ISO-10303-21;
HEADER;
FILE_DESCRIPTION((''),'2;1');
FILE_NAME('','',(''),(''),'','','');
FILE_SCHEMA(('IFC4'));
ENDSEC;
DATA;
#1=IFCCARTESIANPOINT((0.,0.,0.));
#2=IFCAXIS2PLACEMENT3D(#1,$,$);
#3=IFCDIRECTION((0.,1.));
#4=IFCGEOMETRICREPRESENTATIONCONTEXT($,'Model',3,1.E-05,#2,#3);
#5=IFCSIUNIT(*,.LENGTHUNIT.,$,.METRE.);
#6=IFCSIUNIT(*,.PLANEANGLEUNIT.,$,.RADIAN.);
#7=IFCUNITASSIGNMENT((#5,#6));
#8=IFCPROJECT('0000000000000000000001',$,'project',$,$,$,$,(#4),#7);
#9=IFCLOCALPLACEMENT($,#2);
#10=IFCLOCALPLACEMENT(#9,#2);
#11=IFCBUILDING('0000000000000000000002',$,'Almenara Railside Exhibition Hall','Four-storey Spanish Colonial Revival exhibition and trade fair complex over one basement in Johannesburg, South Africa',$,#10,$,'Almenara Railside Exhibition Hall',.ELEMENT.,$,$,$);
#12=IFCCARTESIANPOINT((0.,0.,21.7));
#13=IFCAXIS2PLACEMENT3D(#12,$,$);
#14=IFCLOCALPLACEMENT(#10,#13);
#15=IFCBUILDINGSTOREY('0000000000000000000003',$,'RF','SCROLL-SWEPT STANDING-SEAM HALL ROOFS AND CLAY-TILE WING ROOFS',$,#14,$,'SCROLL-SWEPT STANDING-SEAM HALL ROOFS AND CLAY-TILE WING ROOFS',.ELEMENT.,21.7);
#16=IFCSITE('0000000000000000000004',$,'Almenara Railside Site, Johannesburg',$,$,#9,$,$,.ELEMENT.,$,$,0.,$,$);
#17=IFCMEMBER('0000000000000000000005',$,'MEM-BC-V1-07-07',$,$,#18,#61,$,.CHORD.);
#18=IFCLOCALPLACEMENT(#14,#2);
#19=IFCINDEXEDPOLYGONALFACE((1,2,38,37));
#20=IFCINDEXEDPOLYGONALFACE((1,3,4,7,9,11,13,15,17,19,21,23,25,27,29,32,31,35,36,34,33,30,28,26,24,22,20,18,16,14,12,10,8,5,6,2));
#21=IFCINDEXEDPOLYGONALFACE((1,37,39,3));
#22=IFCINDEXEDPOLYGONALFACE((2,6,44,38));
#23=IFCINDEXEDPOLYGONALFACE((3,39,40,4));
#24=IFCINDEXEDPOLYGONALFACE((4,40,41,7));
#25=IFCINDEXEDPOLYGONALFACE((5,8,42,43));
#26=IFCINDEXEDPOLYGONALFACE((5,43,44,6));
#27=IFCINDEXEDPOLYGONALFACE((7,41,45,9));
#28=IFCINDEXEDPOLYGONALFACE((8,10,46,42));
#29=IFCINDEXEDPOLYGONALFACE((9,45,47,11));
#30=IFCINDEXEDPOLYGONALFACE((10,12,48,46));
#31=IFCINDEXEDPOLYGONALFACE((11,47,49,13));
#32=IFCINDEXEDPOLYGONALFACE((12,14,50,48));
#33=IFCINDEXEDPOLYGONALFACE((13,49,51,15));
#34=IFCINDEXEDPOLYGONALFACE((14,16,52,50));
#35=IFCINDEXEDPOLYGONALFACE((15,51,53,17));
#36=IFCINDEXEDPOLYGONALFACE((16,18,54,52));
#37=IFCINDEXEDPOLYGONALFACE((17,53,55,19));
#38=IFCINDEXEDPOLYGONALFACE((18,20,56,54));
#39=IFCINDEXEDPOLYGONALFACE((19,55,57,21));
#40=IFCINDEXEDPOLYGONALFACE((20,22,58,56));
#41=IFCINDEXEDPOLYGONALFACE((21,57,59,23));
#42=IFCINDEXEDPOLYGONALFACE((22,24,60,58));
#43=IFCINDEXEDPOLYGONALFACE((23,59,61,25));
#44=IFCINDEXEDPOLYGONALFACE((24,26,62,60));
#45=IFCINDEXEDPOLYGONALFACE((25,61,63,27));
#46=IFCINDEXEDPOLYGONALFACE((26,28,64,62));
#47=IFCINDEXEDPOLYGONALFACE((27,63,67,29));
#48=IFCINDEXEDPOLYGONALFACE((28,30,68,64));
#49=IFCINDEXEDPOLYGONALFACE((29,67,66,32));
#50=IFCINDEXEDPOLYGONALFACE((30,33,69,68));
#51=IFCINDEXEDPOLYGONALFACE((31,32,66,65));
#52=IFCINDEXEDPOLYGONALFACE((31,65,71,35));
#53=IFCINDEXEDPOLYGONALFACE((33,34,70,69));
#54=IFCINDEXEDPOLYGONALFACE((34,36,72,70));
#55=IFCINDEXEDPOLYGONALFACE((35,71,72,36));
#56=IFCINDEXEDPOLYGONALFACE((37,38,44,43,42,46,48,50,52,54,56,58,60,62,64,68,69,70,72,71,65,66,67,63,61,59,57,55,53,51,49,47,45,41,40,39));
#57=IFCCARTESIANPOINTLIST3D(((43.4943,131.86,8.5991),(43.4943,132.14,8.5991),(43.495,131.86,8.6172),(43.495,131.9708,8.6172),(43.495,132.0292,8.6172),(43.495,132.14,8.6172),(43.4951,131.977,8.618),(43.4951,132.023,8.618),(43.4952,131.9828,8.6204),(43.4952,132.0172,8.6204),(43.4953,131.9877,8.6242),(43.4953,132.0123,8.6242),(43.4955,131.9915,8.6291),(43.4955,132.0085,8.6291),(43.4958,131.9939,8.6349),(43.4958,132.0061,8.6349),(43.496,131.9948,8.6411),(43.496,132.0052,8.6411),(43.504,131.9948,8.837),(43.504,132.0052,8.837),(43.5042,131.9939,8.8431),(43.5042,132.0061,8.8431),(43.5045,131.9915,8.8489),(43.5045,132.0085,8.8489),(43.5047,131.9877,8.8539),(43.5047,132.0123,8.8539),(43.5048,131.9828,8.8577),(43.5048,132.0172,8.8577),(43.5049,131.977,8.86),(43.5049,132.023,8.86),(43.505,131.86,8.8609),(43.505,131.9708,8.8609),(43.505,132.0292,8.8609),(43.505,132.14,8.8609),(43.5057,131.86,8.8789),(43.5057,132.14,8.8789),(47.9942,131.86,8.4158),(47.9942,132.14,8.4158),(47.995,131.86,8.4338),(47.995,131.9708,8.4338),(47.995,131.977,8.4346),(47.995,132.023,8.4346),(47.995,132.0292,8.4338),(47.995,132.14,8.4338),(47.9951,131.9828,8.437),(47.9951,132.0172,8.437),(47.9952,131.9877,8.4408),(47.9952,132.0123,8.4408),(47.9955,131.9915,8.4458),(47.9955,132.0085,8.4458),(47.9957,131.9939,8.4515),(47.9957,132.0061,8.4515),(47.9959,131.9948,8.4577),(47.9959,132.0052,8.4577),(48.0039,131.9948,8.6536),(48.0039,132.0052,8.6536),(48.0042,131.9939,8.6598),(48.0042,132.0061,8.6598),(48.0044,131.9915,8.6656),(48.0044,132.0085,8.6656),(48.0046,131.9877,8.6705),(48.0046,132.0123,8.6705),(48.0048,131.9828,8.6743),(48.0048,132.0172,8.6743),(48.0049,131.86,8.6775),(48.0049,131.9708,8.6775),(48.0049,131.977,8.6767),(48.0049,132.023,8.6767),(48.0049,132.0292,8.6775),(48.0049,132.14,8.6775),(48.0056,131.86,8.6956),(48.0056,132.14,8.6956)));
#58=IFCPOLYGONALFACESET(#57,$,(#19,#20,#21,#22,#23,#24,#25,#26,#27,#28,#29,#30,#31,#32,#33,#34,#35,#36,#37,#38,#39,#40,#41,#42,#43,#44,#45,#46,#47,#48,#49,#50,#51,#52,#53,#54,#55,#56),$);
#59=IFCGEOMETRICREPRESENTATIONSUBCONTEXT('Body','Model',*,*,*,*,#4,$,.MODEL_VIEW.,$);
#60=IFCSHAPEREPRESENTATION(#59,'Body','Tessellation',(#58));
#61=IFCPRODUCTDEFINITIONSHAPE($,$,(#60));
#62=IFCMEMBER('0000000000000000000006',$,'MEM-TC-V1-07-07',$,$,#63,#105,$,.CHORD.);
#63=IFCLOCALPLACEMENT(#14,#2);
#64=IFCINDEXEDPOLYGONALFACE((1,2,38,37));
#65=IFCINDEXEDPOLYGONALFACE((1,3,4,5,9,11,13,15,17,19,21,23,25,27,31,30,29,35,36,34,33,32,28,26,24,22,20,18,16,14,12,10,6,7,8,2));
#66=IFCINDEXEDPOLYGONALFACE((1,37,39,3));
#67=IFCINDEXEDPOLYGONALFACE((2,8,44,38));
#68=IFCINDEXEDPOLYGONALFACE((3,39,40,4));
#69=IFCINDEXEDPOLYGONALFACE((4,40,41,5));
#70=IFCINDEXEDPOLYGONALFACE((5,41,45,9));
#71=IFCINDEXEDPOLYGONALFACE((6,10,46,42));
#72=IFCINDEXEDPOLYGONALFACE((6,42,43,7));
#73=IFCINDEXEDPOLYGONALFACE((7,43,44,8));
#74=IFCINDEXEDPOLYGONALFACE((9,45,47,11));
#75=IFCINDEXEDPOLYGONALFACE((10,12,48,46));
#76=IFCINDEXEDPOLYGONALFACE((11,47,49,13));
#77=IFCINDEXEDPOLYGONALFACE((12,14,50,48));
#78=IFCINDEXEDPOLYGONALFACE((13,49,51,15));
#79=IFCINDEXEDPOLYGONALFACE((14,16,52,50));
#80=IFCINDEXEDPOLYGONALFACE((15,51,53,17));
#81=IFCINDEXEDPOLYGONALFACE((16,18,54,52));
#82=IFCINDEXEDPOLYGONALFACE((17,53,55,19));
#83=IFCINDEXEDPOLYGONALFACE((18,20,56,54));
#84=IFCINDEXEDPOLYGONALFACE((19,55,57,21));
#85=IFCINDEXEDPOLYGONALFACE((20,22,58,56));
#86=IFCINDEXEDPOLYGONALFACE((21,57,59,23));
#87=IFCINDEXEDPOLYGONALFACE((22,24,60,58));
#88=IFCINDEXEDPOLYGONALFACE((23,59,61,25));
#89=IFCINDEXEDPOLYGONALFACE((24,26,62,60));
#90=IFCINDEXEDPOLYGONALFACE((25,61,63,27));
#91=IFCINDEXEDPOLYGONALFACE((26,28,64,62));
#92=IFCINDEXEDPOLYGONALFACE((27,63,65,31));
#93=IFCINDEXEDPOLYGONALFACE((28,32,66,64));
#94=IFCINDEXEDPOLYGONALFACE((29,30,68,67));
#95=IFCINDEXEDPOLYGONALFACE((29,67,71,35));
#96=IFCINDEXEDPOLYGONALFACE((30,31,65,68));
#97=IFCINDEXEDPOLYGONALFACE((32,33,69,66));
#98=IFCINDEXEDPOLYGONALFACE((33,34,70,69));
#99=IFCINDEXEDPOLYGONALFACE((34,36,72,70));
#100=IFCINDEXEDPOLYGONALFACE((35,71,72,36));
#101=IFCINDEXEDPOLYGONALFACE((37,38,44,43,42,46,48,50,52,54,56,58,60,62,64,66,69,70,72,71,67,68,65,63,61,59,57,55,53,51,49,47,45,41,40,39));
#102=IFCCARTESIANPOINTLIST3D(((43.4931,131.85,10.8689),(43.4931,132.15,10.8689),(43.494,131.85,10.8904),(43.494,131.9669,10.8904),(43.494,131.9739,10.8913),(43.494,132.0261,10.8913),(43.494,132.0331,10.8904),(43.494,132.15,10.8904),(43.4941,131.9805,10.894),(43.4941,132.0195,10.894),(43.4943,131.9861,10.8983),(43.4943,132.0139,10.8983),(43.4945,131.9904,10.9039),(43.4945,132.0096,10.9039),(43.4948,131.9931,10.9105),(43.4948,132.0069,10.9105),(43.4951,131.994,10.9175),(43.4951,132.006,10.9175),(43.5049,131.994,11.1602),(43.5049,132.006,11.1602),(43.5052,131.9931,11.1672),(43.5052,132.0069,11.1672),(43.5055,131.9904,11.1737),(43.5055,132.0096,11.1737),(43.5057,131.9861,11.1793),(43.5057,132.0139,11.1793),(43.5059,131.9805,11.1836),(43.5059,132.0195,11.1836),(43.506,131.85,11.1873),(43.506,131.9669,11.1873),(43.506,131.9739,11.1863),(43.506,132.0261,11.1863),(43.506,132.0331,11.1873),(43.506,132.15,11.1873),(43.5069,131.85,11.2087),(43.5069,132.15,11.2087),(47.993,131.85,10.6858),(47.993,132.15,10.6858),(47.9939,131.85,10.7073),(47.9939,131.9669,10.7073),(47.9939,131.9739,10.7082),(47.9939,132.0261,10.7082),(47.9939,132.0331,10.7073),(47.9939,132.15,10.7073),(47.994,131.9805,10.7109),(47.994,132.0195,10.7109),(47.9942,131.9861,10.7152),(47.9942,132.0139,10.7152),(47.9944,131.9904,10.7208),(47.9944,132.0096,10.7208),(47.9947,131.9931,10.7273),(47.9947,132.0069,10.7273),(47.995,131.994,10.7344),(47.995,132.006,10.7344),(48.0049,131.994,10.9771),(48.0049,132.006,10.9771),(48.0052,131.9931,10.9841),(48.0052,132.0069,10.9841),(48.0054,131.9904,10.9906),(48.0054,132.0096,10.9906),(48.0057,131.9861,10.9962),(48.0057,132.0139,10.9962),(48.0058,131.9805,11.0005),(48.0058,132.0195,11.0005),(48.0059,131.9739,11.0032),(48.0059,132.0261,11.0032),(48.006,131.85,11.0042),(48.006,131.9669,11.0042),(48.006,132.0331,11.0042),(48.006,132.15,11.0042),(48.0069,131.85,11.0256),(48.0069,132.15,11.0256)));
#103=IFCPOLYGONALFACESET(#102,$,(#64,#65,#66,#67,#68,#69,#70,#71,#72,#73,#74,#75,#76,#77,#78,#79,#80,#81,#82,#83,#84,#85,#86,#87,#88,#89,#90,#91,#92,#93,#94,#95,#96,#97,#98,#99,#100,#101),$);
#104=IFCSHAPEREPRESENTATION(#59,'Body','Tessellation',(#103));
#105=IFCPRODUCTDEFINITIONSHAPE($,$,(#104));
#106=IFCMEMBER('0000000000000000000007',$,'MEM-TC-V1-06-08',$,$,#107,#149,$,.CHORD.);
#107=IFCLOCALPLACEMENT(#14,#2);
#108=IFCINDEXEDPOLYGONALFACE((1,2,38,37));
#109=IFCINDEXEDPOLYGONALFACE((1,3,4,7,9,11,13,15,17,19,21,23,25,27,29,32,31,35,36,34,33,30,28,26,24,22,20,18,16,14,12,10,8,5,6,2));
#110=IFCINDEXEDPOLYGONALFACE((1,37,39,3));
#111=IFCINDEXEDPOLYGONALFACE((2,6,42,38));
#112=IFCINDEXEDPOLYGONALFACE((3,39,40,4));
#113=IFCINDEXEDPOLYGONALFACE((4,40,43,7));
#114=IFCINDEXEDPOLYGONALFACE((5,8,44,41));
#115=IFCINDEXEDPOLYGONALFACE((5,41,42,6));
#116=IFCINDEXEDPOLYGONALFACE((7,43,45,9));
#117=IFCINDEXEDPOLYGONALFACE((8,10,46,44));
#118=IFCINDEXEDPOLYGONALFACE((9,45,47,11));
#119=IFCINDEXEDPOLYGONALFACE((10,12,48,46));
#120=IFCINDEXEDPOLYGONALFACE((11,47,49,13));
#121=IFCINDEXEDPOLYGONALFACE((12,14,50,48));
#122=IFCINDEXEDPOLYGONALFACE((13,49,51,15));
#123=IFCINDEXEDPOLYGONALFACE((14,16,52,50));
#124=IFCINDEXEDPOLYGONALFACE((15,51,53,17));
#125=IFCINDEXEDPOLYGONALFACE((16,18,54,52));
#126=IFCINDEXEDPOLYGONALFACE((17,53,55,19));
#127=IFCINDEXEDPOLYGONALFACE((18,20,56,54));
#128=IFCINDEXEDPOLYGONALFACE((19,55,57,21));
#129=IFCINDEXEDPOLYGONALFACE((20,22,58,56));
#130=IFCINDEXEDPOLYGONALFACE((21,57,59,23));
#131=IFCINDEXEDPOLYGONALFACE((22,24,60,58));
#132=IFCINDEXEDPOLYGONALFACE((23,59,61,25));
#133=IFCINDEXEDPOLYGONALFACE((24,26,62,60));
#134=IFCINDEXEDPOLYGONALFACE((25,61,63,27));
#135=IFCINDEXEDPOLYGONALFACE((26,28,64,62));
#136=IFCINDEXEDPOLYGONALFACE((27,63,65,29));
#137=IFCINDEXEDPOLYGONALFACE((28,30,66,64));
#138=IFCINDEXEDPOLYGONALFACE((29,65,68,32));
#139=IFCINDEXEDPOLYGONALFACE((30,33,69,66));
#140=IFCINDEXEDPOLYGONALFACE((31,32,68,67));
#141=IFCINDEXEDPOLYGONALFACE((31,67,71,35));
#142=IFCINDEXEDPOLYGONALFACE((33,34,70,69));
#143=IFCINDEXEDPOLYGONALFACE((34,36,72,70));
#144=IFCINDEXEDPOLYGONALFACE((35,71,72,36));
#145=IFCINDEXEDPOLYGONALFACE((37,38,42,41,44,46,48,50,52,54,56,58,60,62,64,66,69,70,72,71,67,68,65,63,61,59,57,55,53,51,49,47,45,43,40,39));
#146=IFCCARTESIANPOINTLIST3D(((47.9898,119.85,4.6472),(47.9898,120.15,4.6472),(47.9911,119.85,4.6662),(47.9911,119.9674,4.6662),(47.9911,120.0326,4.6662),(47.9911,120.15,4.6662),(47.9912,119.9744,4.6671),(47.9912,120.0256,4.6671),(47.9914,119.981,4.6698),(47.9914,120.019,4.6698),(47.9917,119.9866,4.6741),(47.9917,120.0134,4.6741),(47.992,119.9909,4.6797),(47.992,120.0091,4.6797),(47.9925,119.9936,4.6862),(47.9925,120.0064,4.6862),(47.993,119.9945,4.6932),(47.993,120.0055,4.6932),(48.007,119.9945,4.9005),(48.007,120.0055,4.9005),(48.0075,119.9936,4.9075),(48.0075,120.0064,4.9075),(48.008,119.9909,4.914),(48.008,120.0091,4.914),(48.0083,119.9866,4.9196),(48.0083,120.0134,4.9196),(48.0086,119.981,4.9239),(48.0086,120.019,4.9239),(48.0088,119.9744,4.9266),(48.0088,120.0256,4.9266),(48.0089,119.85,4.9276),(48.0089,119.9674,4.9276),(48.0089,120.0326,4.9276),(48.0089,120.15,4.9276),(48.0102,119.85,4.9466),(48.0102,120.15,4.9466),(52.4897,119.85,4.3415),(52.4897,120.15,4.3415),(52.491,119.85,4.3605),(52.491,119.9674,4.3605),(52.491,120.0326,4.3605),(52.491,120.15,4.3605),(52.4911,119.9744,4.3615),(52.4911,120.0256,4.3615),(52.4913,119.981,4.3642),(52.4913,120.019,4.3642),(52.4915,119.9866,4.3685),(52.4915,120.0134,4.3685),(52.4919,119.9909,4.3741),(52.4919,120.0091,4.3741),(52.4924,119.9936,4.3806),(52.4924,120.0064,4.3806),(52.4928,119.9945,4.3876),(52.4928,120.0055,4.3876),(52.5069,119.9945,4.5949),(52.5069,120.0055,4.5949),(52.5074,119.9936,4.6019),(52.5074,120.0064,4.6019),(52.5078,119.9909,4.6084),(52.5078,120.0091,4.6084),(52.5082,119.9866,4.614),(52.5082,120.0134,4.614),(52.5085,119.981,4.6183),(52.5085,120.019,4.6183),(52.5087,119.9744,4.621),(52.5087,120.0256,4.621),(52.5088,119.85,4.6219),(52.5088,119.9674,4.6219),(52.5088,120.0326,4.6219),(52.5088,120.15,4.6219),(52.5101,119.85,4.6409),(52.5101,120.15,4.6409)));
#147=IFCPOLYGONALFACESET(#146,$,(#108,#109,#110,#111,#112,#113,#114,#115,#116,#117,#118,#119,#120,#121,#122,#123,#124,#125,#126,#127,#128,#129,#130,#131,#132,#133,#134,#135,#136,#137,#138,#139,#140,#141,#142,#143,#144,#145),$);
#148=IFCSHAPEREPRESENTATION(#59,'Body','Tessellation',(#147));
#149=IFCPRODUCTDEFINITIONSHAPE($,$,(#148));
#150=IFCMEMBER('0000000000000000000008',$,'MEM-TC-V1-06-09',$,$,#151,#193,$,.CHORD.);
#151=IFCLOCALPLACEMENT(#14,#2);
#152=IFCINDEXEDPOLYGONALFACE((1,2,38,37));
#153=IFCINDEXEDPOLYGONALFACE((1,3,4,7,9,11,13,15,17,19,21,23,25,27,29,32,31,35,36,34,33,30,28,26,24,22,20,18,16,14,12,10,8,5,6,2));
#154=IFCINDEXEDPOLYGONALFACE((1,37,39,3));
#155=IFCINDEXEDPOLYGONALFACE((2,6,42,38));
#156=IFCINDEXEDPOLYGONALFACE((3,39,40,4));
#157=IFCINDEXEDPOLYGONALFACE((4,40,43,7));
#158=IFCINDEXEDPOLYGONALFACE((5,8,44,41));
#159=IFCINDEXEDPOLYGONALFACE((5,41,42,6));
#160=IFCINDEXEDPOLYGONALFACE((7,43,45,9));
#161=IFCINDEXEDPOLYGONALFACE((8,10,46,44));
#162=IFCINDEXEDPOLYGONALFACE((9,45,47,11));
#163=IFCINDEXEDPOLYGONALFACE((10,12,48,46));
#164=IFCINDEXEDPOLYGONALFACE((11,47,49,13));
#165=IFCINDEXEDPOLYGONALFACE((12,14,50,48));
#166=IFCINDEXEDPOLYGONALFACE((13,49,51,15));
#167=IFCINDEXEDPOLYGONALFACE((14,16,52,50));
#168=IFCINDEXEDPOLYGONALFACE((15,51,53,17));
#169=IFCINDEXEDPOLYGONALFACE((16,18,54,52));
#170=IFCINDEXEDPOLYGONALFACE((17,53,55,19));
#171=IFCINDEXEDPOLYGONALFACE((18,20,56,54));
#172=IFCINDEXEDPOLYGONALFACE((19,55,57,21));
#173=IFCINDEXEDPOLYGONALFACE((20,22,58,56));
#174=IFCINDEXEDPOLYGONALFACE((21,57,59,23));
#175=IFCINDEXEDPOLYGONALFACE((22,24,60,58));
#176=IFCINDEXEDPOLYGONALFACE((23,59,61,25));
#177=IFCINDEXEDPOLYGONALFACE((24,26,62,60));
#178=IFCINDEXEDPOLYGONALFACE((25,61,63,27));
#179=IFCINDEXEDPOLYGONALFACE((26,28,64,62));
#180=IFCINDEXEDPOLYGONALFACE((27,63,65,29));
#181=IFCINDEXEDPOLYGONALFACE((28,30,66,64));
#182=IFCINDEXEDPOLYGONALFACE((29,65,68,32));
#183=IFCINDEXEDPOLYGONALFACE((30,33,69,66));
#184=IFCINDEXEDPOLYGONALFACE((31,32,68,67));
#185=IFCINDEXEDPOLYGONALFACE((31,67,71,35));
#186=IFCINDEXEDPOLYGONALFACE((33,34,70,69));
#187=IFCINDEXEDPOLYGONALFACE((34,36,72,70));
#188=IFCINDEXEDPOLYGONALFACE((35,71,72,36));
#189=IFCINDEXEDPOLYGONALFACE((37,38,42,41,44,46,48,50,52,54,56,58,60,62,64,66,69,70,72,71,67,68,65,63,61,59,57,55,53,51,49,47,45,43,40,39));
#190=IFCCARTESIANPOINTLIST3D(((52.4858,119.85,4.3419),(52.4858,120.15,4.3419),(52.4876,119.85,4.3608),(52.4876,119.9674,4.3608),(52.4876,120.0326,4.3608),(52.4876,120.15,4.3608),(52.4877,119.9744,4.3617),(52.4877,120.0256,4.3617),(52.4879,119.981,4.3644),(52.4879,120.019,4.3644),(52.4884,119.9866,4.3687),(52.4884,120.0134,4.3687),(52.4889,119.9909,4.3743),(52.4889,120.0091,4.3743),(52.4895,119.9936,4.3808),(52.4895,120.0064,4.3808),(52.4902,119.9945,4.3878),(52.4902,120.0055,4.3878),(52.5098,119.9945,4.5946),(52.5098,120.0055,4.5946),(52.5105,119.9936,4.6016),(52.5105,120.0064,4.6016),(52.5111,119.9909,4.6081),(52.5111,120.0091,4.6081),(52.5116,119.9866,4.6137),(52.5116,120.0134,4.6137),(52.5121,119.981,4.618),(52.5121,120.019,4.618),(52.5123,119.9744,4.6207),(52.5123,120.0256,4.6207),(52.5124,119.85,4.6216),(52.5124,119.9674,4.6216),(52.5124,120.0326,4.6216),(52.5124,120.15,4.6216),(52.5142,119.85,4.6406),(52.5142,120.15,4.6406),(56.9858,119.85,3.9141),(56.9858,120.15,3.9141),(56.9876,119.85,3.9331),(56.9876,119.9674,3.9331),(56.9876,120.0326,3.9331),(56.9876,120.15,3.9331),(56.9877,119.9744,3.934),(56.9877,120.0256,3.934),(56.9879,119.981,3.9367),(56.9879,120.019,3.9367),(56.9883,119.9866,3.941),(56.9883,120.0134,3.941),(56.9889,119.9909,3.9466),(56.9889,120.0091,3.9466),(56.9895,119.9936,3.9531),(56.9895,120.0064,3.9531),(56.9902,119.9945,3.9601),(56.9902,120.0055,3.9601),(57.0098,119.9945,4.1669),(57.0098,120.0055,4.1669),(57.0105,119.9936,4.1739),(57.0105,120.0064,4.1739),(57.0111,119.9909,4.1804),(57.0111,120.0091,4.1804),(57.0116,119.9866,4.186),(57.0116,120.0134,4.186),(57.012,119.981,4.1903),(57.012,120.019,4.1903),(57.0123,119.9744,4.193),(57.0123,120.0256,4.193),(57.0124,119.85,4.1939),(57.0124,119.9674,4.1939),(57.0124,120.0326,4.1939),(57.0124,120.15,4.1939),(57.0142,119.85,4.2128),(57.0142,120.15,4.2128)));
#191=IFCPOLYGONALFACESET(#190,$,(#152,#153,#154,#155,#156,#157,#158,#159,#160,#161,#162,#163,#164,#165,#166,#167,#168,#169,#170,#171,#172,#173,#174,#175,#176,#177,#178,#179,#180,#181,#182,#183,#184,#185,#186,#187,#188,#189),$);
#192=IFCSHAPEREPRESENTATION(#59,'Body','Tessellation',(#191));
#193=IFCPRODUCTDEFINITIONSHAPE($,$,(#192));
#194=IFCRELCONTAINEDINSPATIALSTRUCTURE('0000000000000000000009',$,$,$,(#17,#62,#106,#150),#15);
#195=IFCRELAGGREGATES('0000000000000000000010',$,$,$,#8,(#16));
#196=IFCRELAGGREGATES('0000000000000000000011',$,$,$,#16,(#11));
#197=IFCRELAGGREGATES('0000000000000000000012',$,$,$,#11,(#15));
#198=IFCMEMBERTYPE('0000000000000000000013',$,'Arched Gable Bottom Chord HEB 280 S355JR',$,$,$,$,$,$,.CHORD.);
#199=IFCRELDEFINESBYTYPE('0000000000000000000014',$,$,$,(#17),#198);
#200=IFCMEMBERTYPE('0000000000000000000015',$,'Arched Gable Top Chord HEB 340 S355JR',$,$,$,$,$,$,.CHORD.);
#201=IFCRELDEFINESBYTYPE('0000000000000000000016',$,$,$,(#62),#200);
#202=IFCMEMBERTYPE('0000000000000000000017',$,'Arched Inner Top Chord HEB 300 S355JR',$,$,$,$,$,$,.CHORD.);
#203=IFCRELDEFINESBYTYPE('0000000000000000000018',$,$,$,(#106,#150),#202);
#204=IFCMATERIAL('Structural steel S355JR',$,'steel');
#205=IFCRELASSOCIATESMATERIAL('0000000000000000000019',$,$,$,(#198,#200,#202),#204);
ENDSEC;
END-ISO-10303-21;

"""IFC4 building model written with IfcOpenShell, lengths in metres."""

from ifc_helpers import new_model, si_unit, direction, frame, origin, origin_2d, place, context, subcontext, project, spatial, i_section, extrude, material, material_profile, profile_set, type_object, element, save


model = new_model("IFC4")

# Units and contexts
model_context = context("Model", 3, precision=1e-05, world=origin(), true_north=direction((0.0, 1.0)))
body_context = subcontext(model_context, "Body", "Model", "MODEL_VIEW")
ifc_project = project(units=[si_unit("LENGTHUNIT", "METRE"), si_unit("PLANEANGLEUNIT", "RADIAN")], contexts=[model_context])

# Site, building, storey
site_placement = place(None, origin())
site = spatial("IfcSite", under=ifc_project, at=site_placement, Name="Almenara Railside Site, Johannesburg", CompositionType="ELEMENT", RefElevation=0.0)
building_placement = place(site_placement, origin())
building = spatial("IfcBuilding", under=site, at=building_placement, Name="Almenara Railside Exhibition Hall", Description="Four-storey Spanish Colonial Revival exhibition and trade fair complex over one basement in Johannesburg, South Africa", LongName="Almenara Railside Exhibition Hall", CompositionType="ELEMENT")
storey_placement = place(building_placement, frame((0.0, 0.0, 21.7)))
storey = spatial("IfcBuildingStorey", under=building, at=storey_placement, Name="RF", Description="SCROLL-SWEPT STANDING-SEAM HALL ROOFS AND CLAY-TILE WING ROOFS", LongName="SCROLL-SWEPT STANDING-SEAM HALL ROOFS AND CLAY-TILE WING ROOFS", CompositionType="ELEMENT", Elevation=21.7)

# Members
ifc_material_1 = material(Name="Structural steel S355JR", Category="steel")
ifc_material_profile_1 = material_profile(ifc_material_1, i_section(OverallWidth=0.28, OverallDepth=0.28, WebThickness=0.0105, FlangeThickness=0.0181, FilletRadius=0.0239, at=origin_2d()), Name="HEB 280")
ifc_profile_set_1 = profile_set([ifc_material_profile_1], Name="Structural steel S355JR")
member_type_1 = type_object("IfcMemberType", Name="Arched Gable Bottom Chord HEB 280 S355JR", PredefinedType="CHORD", material=ifc_profile_set_1)
member_1_placement = place(storey_placement, frame((43.5, 132.0, 8.739), z_axis=(0.999171, 0.0, -0.040711), x_axis=(0.0, 1.0, 0.0)))
element("IfcMember", 1, at=member_1_placement, inside=storey, type_object=member_type_1, Name="MEM-BC-V1-07-07", PredefinedType="CHORD", context=body_context, shape_type="SweptSolid", body=[
    extrude(i_section(OverallWidth=0.28, OverallDepth=0.28, WebThickness=0.0105, FlangeThickness=0.0181, FilletRadius=0.0239, at=origin_2d()), origin(), (0.0, 0.0, 1.0), 4.5037),
])
ifc_material_profile_2 = material_profile(ifc_material_1, i_section(OverallWidth=0.3, OverallDepth=0.3401, WebThickness=0.012, FlangeThickness=0.0215, FilletRadius=0.0271, at=origin_2d()), Name="HEB 340")
ifc_profile_set_2 = profile_set([ifc_material_profile_2], Name="Structural steel S355JR")
member_type_2 = type_object("IfcMemberType", Name="Arched Gable Top Chord HEB 340 S355JR", PredefinedType="CHORD", material=ifc_profile_set_2)
member_2_placement = place(storey_placement, frame((43.5, 132.0, 11.0388), z_axis=(0.999173, 0.0, -0.040656), x_axis=(0.0, 1.0, 0.0)))
element("IfcMember", 2, at=member_2_placement, inside=storey, type_object=member_type_2, Name="MEM-TC-V1-07-07", PredefinedType="CHORD", context=body_context, shape_type="SweptSolid", body=[
    extrude(i_section(OverallWidth=0.3, OverallDepth=0.3401, WebThickness=0.012, FlangeThickness=0.0215, FilletRadius=0.0271, at=origin_2d()), origin(), (0.0, 0.0, 1.0), 4.5037),
])
ifc_material_profile_3 = material_profile(ifc_material_1, i_section(OverallWidth=0.3, OverallDepth=0.3, WebThickness=0.011, FlangeThickness=0.019, FilletRadius=0.0271, at=origin_2d()), Name="HEB 300")
ifc_profile_set_3 = profile_set([ifc_material_profile_3], Name="Structural steel S355JR")
member_type_3 = type_object("IfcMemberType", Name="Arched Inner Top Chord HEB 300 S355JR", PredefinedType="CHORD", material=ifc_profile_set_3)
member_3_placement = place(storey_placement, frame((48.0, 120.0, 4.7969), z_axis=(0.997701, 0.0, -0.067769), x_axis=(0.0, 1.0, 0.0)))
element("IfcMember", 3, at=member_3_placement, inside=storey, type_object=member_type_3, Name="MEM-TC-V1-06-08", PredefinedType="CHORD", context=body_context, shape_type="SweptSolid", body=[
    extrude(i_section(OverallWidth=0.3, OverallDepth=0.3, WebThickness=0.011, FlangeThickness=0.019, FilletRadius=0.0271, at=origin_2d()), origin(), (0.0, 0.0, 1.0), 4.5103),
])
member_4_placement = place(storey_placement, frame((52.5, 120.0, 4.4912), z_axis=(0.995513, 0.0, -0.094626), x_axis=(0.0, 1.0, 0.0)))
element("IfcMember", 4, at=member_4_placement, inside=storey, type_object=member_type_3, Name="MEM-TC-V1-06-09", PredefinedType="CHORD", context=body_context, shape_type="SweptSolid", body=[
    extrude(i_section(OverallWidth=0.3, OverallDepth=0.3, WebThickness=0.011, FlangeThickness=0.019, FilletRadius=0.0271, at=origin_2d()), origin(), (0.0, 0.0, 1.0), 4.5203),
])

save(model, "model.ifc")
